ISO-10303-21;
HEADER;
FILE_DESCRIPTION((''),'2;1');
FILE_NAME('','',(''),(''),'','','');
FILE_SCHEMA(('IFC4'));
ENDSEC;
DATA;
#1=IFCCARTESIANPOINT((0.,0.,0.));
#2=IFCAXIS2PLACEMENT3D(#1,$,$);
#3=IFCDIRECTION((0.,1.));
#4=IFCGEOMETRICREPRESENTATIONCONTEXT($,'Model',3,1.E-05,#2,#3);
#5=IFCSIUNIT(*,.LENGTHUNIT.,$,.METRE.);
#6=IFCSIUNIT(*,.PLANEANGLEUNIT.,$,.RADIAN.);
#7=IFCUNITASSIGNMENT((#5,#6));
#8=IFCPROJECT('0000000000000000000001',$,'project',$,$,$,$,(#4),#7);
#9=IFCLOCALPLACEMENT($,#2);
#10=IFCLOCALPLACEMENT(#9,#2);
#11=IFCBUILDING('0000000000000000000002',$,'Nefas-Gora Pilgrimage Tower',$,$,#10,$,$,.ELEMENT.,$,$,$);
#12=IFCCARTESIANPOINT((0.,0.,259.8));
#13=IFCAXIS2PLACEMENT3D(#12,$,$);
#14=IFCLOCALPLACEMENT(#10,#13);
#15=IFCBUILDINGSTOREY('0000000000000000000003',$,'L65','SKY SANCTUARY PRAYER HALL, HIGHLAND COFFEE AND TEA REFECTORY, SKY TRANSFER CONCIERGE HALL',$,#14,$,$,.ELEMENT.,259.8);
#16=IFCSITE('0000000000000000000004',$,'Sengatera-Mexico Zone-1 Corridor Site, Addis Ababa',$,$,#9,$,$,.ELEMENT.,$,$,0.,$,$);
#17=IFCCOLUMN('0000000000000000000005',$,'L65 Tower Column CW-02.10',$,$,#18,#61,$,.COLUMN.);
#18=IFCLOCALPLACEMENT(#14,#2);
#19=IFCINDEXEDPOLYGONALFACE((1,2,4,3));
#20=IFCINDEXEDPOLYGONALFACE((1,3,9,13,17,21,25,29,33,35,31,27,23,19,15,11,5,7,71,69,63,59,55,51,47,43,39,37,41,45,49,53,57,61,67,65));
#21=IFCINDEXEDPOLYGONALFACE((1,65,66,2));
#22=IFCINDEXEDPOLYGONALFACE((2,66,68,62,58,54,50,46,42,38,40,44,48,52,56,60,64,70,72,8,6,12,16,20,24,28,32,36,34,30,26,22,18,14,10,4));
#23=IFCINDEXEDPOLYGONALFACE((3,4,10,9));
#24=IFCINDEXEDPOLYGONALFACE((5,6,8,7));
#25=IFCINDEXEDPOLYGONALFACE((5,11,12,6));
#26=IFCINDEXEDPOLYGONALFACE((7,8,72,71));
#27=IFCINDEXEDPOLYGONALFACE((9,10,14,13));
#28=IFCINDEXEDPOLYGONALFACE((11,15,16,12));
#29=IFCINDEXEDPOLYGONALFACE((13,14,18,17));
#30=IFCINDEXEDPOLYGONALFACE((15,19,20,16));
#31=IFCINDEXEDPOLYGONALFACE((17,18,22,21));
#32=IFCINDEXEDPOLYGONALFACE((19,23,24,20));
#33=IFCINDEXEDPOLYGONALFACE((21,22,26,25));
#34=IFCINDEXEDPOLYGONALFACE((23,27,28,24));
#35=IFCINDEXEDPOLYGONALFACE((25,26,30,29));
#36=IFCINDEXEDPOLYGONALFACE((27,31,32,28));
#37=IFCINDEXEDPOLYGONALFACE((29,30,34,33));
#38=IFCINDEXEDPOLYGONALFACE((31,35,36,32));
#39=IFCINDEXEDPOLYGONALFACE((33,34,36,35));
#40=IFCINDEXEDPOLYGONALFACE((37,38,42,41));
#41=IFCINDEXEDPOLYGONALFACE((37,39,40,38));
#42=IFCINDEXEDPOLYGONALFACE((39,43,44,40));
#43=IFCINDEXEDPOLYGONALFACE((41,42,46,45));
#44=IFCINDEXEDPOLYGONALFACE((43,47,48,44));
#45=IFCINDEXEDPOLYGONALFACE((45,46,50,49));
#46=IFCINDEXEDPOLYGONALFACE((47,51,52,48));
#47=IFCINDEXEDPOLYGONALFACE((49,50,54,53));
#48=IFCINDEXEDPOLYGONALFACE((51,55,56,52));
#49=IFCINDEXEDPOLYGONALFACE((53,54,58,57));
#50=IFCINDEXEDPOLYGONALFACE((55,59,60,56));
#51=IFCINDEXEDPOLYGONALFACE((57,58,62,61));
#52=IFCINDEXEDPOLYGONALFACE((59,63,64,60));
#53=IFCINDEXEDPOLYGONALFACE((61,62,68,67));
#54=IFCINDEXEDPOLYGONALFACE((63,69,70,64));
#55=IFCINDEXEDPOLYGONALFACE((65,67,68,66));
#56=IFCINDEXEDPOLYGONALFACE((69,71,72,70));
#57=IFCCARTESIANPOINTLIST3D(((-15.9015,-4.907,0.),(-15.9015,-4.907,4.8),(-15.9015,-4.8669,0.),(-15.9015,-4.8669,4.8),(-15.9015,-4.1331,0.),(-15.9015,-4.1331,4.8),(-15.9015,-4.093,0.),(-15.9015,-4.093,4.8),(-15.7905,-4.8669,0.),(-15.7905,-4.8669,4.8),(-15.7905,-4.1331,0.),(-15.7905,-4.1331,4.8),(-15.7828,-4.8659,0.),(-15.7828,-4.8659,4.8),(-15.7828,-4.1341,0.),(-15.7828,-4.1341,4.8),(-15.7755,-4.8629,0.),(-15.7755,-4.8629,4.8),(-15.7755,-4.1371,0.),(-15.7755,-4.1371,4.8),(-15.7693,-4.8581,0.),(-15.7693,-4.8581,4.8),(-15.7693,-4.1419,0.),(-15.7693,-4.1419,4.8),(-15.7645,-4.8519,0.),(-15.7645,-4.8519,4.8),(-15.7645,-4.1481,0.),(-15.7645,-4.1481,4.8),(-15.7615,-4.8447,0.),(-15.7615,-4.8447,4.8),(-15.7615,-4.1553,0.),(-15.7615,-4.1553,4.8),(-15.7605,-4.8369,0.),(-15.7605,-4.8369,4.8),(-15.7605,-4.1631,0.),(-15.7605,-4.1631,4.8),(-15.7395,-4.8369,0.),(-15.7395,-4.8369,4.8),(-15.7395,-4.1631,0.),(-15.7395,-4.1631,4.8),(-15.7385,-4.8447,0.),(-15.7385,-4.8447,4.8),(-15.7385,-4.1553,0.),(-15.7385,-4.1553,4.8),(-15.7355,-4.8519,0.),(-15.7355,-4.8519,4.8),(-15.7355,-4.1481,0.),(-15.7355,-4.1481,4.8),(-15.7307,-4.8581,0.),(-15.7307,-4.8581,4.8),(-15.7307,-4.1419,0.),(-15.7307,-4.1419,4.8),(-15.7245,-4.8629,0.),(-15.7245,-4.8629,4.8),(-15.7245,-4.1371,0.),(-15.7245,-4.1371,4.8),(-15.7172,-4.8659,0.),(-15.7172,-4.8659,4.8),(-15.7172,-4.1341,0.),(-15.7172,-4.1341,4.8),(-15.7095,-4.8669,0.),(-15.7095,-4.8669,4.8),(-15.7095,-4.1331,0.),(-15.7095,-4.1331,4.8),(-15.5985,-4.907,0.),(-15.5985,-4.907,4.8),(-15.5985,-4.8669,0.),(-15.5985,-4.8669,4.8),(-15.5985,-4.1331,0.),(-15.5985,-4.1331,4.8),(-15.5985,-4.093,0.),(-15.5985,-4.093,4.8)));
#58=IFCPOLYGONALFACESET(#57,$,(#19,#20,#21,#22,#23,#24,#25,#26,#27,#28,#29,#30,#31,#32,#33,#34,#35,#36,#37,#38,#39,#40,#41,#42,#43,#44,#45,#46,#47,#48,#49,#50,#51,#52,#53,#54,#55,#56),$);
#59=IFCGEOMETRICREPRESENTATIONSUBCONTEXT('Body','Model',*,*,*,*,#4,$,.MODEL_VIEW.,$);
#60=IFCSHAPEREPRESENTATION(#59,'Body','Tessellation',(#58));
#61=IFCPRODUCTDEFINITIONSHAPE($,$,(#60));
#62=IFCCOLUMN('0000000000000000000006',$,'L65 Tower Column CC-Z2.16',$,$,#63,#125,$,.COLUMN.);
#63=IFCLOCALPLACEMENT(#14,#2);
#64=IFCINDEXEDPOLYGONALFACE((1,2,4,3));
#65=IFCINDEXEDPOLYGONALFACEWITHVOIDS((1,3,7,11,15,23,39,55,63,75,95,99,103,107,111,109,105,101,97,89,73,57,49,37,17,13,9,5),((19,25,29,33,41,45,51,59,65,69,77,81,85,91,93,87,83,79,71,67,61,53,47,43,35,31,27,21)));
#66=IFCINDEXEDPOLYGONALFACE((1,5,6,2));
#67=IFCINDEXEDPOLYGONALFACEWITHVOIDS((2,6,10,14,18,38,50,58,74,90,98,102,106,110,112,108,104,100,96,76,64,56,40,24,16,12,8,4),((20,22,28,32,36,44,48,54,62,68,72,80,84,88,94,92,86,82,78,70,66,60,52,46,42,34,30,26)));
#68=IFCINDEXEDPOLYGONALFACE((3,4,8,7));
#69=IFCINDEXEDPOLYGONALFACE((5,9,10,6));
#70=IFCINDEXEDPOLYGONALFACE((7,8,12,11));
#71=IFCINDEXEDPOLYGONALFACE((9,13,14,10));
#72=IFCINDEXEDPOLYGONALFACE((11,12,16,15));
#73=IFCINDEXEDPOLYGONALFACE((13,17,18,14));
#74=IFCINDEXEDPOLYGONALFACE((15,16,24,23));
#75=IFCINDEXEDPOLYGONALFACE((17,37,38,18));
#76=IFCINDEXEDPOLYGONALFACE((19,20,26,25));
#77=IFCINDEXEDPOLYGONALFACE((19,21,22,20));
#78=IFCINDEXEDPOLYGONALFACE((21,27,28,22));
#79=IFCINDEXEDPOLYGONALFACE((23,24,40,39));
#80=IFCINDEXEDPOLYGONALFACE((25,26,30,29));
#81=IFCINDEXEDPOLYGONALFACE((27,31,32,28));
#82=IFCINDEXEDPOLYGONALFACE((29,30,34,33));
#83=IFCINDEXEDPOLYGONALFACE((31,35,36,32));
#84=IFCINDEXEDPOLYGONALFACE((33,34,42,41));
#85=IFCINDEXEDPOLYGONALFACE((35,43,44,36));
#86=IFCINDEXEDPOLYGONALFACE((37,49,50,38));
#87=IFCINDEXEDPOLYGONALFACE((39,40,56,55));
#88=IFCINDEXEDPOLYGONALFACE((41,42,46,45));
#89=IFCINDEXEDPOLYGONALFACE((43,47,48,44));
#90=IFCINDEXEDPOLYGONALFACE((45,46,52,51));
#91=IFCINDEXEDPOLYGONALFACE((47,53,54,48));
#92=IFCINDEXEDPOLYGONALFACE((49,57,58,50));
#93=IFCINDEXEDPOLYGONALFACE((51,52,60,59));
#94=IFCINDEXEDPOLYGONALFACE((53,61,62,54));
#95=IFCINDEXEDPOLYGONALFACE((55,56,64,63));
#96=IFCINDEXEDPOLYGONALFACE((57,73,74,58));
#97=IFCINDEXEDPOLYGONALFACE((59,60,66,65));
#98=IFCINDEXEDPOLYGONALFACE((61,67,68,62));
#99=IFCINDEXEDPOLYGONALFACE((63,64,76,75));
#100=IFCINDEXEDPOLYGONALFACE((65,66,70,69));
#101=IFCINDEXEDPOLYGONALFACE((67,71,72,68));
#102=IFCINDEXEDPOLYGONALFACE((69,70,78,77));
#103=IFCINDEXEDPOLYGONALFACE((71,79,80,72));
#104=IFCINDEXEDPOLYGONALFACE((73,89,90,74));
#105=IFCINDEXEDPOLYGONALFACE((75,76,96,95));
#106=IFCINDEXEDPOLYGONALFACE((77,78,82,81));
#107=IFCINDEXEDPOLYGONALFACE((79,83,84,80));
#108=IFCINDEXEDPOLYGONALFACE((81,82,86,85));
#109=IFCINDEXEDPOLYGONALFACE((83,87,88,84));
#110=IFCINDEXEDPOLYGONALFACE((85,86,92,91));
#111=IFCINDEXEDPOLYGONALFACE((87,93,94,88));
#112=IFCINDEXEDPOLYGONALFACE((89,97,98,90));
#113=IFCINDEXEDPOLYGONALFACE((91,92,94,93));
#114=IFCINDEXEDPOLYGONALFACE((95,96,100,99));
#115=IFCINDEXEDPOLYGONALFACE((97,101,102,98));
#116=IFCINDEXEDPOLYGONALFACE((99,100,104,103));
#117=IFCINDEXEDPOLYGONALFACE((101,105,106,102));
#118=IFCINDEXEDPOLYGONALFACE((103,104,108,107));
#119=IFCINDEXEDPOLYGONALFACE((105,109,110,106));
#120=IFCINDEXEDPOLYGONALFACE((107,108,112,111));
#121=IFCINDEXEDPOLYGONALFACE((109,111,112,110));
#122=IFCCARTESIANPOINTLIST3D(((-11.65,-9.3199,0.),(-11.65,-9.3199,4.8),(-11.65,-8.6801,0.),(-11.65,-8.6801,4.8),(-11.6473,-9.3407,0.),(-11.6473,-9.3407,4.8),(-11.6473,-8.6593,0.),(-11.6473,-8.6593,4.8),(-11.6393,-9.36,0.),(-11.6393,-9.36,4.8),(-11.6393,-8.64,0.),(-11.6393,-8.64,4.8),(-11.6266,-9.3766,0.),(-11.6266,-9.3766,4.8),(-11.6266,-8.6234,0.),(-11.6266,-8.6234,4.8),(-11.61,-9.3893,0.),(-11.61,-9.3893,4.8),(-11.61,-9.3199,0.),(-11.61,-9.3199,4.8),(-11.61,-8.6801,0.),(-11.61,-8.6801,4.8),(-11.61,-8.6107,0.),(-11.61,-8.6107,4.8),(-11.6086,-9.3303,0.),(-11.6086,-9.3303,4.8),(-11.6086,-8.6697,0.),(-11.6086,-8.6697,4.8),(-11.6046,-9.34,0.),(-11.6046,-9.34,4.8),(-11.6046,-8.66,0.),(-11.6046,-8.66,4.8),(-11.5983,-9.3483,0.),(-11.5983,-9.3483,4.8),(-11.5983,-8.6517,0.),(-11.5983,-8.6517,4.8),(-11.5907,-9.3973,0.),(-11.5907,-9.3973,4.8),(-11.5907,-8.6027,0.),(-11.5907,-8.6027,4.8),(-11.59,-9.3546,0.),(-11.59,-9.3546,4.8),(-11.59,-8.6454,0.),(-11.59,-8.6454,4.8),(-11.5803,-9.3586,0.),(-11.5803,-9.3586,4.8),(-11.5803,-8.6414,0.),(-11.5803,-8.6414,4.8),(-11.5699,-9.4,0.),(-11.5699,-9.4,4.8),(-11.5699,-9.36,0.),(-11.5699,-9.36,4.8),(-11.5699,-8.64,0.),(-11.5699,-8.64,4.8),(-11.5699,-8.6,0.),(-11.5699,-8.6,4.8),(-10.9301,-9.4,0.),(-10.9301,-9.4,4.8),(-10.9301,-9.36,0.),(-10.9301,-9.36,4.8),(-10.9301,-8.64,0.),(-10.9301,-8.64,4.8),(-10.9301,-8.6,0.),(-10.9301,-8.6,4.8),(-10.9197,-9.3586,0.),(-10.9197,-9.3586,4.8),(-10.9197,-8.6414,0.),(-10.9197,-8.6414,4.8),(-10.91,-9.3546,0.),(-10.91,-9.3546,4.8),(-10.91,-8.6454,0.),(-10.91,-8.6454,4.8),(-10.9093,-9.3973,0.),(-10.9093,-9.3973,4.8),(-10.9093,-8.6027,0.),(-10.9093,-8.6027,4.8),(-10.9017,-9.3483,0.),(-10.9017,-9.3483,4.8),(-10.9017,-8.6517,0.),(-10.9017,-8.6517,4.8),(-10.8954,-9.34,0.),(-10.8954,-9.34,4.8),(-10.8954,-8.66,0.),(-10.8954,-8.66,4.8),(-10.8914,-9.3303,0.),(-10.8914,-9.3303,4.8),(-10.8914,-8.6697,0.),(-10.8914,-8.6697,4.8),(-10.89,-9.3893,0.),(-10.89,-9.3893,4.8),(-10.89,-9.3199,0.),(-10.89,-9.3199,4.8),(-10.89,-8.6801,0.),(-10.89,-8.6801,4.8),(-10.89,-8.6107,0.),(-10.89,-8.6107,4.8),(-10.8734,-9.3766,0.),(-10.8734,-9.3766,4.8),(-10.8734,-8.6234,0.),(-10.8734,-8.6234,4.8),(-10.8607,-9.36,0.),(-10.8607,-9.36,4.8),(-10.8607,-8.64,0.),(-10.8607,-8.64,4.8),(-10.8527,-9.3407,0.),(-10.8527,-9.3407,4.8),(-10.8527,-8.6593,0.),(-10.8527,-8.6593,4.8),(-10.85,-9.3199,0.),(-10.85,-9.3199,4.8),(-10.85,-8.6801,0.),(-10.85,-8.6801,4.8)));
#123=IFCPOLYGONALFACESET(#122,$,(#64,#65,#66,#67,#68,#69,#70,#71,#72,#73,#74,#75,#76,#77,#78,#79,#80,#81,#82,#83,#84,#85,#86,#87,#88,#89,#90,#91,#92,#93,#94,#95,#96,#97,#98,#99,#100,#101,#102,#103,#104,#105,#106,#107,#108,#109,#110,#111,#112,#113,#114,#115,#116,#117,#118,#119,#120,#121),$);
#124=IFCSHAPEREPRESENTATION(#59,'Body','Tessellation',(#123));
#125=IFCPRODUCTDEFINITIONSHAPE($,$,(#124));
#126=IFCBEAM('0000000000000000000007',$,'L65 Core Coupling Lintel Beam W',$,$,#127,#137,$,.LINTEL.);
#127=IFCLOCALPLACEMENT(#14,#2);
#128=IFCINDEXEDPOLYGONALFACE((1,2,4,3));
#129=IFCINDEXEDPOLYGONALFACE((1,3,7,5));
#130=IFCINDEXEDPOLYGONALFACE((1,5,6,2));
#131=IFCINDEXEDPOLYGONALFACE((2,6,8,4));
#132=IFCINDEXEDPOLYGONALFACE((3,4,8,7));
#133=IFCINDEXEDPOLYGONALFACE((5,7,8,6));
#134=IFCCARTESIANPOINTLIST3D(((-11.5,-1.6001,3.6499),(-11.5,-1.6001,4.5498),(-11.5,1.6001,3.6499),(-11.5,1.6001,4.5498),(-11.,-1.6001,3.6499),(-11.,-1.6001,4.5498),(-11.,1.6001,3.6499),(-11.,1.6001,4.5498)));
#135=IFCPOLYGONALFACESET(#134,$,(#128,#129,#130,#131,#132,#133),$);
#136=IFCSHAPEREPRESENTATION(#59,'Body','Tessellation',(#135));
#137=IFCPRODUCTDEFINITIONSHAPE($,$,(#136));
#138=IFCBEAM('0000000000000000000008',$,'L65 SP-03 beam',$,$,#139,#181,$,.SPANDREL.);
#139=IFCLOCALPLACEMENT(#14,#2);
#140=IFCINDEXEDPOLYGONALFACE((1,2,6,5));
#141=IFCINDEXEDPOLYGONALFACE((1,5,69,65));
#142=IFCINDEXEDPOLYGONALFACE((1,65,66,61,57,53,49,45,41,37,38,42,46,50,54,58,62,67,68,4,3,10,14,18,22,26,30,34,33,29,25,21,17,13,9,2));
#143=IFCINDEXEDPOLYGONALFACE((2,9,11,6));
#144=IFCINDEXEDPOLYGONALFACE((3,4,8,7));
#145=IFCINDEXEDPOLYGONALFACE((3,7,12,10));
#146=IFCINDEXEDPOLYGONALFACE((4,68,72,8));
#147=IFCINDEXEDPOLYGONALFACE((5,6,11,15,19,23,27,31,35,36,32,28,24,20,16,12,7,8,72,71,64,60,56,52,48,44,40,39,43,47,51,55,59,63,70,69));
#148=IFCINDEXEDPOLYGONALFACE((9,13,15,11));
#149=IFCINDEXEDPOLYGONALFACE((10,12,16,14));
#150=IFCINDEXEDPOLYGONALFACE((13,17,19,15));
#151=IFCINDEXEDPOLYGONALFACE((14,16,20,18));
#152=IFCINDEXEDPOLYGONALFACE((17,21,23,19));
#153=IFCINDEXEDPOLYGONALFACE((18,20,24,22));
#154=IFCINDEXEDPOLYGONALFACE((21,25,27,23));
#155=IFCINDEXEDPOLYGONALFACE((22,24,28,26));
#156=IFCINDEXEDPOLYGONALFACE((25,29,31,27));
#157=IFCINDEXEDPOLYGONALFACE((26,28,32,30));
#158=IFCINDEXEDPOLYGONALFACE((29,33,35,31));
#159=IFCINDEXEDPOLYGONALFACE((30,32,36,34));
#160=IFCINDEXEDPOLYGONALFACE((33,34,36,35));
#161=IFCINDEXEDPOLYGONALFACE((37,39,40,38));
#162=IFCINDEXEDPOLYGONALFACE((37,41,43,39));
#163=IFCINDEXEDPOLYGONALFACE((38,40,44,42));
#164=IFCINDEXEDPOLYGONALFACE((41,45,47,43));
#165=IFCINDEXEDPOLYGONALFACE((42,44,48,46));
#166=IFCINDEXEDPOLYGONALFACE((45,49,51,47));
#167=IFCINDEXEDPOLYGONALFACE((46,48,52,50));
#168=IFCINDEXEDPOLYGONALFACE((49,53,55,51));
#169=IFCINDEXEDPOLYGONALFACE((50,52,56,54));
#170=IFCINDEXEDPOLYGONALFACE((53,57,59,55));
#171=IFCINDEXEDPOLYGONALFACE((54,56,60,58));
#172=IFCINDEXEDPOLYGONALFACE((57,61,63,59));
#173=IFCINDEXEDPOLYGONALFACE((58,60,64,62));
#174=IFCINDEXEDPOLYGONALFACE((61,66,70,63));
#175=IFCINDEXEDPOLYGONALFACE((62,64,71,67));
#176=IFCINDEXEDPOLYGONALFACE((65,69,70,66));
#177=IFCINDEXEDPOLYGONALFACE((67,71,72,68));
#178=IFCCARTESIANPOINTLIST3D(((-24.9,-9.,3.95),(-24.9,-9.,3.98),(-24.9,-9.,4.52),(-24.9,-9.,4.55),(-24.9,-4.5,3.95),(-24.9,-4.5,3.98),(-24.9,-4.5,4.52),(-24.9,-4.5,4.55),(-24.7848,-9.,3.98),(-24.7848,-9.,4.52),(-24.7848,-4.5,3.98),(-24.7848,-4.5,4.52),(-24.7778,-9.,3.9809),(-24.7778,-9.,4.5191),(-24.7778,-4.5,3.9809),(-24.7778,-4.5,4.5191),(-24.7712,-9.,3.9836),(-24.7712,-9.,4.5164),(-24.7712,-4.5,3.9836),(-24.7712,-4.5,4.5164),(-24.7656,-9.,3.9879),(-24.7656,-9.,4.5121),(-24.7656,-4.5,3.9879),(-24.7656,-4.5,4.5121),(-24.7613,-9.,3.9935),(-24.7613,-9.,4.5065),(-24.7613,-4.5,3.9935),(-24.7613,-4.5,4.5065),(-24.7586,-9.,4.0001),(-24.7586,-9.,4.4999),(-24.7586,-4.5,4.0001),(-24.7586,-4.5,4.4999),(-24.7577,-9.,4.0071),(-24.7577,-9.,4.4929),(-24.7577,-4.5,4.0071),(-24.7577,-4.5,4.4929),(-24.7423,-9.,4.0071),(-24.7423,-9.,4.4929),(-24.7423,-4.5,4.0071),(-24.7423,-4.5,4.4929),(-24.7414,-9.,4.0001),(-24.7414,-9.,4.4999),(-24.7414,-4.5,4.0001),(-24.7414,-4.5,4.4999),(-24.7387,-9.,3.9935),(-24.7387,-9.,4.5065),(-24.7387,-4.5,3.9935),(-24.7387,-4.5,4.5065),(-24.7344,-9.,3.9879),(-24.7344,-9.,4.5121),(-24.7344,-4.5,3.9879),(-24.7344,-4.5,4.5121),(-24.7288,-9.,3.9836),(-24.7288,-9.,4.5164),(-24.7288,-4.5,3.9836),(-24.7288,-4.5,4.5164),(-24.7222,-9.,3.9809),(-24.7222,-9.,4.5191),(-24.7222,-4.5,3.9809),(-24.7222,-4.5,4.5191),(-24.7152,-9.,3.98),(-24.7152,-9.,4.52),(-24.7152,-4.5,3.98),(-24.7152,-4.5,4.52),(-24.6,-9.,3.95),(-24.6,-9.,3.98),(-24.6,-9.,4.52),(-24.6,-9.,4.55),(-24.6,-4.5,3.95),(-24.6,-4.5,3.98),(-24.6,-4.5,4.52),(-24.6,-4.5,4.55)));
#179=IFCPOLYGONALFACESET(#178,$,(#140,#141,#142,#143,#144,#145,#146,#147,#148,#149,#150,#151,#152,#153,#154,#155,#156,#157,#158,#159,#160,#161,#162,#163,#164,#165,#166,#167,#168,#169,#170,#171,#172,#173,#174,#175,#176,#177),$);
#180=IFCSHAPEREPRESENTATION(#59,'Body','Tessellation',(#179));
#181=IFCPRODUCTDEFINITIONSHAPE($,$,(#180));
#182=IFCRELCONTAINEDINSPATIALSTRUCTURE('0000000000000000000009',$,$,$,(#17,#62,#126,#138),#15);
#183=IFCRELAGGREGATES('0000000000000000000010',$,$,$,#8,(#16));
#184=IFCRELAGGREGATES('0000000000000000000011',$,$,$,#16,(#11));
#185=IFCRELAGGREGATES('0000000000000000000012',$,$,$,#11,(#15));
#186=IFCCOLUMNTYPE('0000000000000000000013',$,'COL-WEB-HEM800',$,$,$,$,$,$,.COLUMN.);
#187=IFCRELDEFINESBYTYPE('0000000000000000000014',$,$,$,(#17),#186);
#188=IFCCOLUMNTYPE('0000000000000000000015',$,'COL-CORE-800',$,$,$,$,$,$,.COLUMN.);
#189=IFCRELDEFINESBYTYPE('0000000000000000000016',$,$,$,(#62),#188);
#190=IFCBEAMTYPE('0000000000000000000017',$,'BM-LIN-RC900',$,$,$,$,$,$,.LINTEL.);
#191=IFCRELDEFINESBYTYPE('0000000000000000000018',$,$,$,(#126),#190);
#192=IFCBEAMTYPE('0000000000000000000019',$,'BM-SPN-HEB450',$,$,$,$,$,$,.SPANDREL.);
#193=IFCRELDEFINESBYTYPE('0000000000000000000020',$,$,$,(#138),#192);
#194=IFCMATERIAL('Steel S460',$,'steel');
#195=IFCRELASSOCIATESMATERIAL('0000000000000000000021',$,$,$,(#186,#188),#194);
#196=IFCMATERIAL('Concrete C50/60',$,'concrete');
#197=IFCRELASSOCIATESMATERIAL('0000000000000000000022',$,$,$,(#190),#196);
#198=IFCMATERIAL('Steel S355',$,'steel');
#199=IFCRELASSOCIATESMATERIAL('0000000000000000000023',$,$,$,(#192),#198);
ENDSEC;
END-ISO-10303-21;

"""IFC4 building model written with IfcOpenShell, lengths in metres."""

from ifc_helpers import new_model, si_unit, direction, frame, origin, origin_2d, place, context, subcontext, project, spatial, rectangle, hollow_rectangle, i_section, extrude, source, transform, mapped, material, material_profile, profile_set, type_object, element, save


model = new_model("IFC4")

# Units and contexts
model_context = context("Model", 3, precision=1e-05, world=origin(), true_north=direction((0.0, 1.0)))
body_context = subcontext(model_context, "Body", "Model", "MODEL_VIEW")
ifc_project = project(units=[si_unit("LENGTHUNIT", "METRE"), si_unit("PLANEANGLEUNIT", "RADIAN")], contexts=[model_context])

# Site, building, storey
site_placement = place(None, origin())
site = spatial("IfcSite", under=ifc_project, at=site_placement, Name="Sengatera-Mexico Zone-1 Corridor Site, Addis Ababa", CompositionType="ELEMENT", RefElevation=0.0)
building_placement = place(site_placement, origin())
building = spatial("IfcBuilding", under=site, at=building_placement, Name="Nefas-Gora Pilgrimage Tower", CompositionType="ELEMENT")
storey_placement = place(building_placement, frame((0.0, 0.0, 259.8)))
storey = spatial("IfcBuildingStorey", under=building, at=storey_placement, Name="L65", Description="SKY SANCTUARY PRAYER HALL, HIGHLAND COFFEE AND TEA REFECTORY, SKY TRANSFER CONCIERGE HALL", CompositionType="ELEMENT", Elevation=259.8)

# Columns
ifc_material_1 = material(Name="Steel S460", Category="steel")
ifc_material_profile_1 = material_profile(ifc_material_1, i_section(OverallWidth=0.303, OverallDepth=0.814, WebThickness=0.021, FlangeThickness=0.04, FilletRadius=0.03, at=origin_2d()), Name="HEM 800")
ifc_profile_set_1 = profile_set([ifc_material_profile_1], Name="Steel S460")
column_type_1 = type_object("IfcColumnType", Name="COL-WEB-HEM800", PredefinedType="COLUMN", material=ifc_profile_set_1)
shared_shape_1 = source(origin(), body_context, "Body", "SweptSolid", [
    extrude(i_section(OverallWidth=0.303, OverallDepth=0.814, WebThickness=0.021, FlangeThickness=0.04, FilletRadius=0.03, at=origin_2d()), origin(), (0.0, 0.0, 1.0), 4.8),
])
for number, where, z_axis, x_axis, name in (
    (1, (-15.75, -4.5, 0.0), (0.0, 0.0, 1.0), (1.0, 0.0, 0.0), "L65 Tower Column CW-02.10"),
):
    element("IfcColumn", number, at=place(storey_placement, frame(where, z_axis=z_axis, x_axis=x_axis)), inside=storey, type_object=column_type_1, Name=name, PredefinedType="COLUMN", context=body_context, shape_type="MappedRepresentation", body=[
        mapped(shared_shape_1, transform((0.0, 0.0, 0.0), x_axis=(1.0, 0.0, 0.0), y_axis=(0.0, 1.0, 0.0), z_axis=(0.0, 0.0, 1.0), scale=1.0)),
    ])
ifc_material_profile_2 = material_profile(ifc_material_1, hollow_rectangle(XDim=0.8, YDim=0.8, WallThickness=0.04, InnerFilletRadius=0.04, OuterFilletRadius=0.0801, at=origin_2d()), Name="BOX 800x800x40")
ifc_profile_set_2 = profile_set([ifc_material_profile_2], Name="Steel S460")
column_type_2 = type_object("IfcColumnType", Name="COL-CORE-800", PredefinedType="COLUMN", material=ifc_profile_set_2)
shared_shape_2 = source(origin(), body_context, "Body", "SweptSolid", [
    extrude(hollow_rectangle(XDim=0.8, YDim=0.8, WallThickness=0.04, InnerFilletRadius=0.04, OuterFilletRadius=0.0801, at=origin_2d()), origin(), (0.0, 0.0, 1.0), 4.8),
])
column_placement = place(storey_placement, frame((-11.25, -9.0, 0.0), z_axis=(0.0, 0.0, 1.0), x_axis=(1.0, 0.0, 0.0)))
element("IfcColumn", 2, at=column_placement, inside=storey, type_object=column_type_2, Name="L65 Tower Column CC-Z2.16", PredefinedType="COLUMN", context=body_context, shape_type="MappedRepresentation", body=[
    mapped(shared_shape_2, transform((0.0, 0.0, 0.0), x_axis=(1.0, 0.0, 0.0), y_axis=(0.0, 1.0, 0.0), z_axis=(0.0, 0.0, 1.0), scale=1.0)),
])

# Beams
ifc_material_2 = material(Name="Concrete C50/60", Category="concrete")
ifc_material_profile_3 = material_profile(ifc_material_2, rectangle(XDim=0.5, YDim=0.8999, at=origin_2d()), Name="RC 500x900")
ifc_profile_set_3 = profile_set([ifc_material_profile_3], Name="Concrete C50/60")
beam_type_1 = type_object("IfcBeamType", Name="BM-LIN-RC900", PredefinedType="LINTEL", material=ifc_profile_set_3)
shared_shape_3 = source(origin(), body_context, "Body", "SweptSolid", [
    extrude(rectangle(XDim=0.5, YDim=0.8999, at=origin_2d()), origin(), (0.0, 0.0, 1.0), 3.2002),
])
beam_placement = place(storey_placement, frame((-11.25, -1.6001, 4.0999), z_axis=(0.0, 1.0, 0.0), x_axis=(-1.0, 0.0, 0.0)))
element("IfcBeam", 3, at=beam_placement, inside=storey, type_object=beam_type_1, Name="L65 Core Coupling Lintel Beam W", PredefinedType="LINTEL", context=body_context, shape_type="MappedRepresentation", body=[
    mapped(shared_shape_3, transform((0.0, 0.0, 0.0), x_axis=(1.0, 0.0, 0.0), y_axis=(0.0, 1.0, 0.0), z_axis=(0.0, 0.0, 1.0), scale=1.0)),
])
ifc_material_3 = material(Name="Steel S355", Category="steel")
ifc_material_profile_4 = material_profile(ifc_material_3, i_section(OverallWidth=0.3, OverallDepth=0.6001, WebThickness=0.0154, FlangeThickness=0.03, FilletRadius=0.0271, at=origin_2d()), Name="HEB 600")
ifc_profile_set_4 = profile_set([ifc_material_profile_4], Name="Steel S355")
beam_type_2 = type_object("IfcBeamType", Name="BM-SPN-HEB450", PredefinedType="SPANDREL", material=ifc_profile_set_4)
shared_shape_4 = source(origin(), body_context, "Body", "SweptSolid", [
    extrude(i_section(OverallWidth=0.3, OverallDepth=0.6001, WebThickness=0.0154, FlangeThickness=0.03, FilletRadius=0.0271, at=origin_2d()), origin(), (0.0, 0.0, 1.0), 4.5),
])
for number, where, z_axis, x_axis, name in (
    (4, (-24.75, -9.0, 4.25), (0.0, 1.0, 0.0), (-1.0, 0.0, 0.0), "L65 SP-03 beam"),
):
    element("IfcBeam", number, at=place(storey_placement, frame(where, z_axis=z_axis, x_axis=x_axis)), inside=storey, type_object=beam_type_2, Name=name, PredefinedType="SPANDREL", context=body_context, shape_type="MappedRepresentation", body=[
        mapped(shared_shape_4, transform((0.0, 0.0, 0.0), x_axis=(1.0, 0.0, 0.0), y_axis=(0.0, 1.0, 0.0), z_axis=(0.0, 0.0, 1.0), scale=1.0)),
    ])

save(model, "model.ifc")
